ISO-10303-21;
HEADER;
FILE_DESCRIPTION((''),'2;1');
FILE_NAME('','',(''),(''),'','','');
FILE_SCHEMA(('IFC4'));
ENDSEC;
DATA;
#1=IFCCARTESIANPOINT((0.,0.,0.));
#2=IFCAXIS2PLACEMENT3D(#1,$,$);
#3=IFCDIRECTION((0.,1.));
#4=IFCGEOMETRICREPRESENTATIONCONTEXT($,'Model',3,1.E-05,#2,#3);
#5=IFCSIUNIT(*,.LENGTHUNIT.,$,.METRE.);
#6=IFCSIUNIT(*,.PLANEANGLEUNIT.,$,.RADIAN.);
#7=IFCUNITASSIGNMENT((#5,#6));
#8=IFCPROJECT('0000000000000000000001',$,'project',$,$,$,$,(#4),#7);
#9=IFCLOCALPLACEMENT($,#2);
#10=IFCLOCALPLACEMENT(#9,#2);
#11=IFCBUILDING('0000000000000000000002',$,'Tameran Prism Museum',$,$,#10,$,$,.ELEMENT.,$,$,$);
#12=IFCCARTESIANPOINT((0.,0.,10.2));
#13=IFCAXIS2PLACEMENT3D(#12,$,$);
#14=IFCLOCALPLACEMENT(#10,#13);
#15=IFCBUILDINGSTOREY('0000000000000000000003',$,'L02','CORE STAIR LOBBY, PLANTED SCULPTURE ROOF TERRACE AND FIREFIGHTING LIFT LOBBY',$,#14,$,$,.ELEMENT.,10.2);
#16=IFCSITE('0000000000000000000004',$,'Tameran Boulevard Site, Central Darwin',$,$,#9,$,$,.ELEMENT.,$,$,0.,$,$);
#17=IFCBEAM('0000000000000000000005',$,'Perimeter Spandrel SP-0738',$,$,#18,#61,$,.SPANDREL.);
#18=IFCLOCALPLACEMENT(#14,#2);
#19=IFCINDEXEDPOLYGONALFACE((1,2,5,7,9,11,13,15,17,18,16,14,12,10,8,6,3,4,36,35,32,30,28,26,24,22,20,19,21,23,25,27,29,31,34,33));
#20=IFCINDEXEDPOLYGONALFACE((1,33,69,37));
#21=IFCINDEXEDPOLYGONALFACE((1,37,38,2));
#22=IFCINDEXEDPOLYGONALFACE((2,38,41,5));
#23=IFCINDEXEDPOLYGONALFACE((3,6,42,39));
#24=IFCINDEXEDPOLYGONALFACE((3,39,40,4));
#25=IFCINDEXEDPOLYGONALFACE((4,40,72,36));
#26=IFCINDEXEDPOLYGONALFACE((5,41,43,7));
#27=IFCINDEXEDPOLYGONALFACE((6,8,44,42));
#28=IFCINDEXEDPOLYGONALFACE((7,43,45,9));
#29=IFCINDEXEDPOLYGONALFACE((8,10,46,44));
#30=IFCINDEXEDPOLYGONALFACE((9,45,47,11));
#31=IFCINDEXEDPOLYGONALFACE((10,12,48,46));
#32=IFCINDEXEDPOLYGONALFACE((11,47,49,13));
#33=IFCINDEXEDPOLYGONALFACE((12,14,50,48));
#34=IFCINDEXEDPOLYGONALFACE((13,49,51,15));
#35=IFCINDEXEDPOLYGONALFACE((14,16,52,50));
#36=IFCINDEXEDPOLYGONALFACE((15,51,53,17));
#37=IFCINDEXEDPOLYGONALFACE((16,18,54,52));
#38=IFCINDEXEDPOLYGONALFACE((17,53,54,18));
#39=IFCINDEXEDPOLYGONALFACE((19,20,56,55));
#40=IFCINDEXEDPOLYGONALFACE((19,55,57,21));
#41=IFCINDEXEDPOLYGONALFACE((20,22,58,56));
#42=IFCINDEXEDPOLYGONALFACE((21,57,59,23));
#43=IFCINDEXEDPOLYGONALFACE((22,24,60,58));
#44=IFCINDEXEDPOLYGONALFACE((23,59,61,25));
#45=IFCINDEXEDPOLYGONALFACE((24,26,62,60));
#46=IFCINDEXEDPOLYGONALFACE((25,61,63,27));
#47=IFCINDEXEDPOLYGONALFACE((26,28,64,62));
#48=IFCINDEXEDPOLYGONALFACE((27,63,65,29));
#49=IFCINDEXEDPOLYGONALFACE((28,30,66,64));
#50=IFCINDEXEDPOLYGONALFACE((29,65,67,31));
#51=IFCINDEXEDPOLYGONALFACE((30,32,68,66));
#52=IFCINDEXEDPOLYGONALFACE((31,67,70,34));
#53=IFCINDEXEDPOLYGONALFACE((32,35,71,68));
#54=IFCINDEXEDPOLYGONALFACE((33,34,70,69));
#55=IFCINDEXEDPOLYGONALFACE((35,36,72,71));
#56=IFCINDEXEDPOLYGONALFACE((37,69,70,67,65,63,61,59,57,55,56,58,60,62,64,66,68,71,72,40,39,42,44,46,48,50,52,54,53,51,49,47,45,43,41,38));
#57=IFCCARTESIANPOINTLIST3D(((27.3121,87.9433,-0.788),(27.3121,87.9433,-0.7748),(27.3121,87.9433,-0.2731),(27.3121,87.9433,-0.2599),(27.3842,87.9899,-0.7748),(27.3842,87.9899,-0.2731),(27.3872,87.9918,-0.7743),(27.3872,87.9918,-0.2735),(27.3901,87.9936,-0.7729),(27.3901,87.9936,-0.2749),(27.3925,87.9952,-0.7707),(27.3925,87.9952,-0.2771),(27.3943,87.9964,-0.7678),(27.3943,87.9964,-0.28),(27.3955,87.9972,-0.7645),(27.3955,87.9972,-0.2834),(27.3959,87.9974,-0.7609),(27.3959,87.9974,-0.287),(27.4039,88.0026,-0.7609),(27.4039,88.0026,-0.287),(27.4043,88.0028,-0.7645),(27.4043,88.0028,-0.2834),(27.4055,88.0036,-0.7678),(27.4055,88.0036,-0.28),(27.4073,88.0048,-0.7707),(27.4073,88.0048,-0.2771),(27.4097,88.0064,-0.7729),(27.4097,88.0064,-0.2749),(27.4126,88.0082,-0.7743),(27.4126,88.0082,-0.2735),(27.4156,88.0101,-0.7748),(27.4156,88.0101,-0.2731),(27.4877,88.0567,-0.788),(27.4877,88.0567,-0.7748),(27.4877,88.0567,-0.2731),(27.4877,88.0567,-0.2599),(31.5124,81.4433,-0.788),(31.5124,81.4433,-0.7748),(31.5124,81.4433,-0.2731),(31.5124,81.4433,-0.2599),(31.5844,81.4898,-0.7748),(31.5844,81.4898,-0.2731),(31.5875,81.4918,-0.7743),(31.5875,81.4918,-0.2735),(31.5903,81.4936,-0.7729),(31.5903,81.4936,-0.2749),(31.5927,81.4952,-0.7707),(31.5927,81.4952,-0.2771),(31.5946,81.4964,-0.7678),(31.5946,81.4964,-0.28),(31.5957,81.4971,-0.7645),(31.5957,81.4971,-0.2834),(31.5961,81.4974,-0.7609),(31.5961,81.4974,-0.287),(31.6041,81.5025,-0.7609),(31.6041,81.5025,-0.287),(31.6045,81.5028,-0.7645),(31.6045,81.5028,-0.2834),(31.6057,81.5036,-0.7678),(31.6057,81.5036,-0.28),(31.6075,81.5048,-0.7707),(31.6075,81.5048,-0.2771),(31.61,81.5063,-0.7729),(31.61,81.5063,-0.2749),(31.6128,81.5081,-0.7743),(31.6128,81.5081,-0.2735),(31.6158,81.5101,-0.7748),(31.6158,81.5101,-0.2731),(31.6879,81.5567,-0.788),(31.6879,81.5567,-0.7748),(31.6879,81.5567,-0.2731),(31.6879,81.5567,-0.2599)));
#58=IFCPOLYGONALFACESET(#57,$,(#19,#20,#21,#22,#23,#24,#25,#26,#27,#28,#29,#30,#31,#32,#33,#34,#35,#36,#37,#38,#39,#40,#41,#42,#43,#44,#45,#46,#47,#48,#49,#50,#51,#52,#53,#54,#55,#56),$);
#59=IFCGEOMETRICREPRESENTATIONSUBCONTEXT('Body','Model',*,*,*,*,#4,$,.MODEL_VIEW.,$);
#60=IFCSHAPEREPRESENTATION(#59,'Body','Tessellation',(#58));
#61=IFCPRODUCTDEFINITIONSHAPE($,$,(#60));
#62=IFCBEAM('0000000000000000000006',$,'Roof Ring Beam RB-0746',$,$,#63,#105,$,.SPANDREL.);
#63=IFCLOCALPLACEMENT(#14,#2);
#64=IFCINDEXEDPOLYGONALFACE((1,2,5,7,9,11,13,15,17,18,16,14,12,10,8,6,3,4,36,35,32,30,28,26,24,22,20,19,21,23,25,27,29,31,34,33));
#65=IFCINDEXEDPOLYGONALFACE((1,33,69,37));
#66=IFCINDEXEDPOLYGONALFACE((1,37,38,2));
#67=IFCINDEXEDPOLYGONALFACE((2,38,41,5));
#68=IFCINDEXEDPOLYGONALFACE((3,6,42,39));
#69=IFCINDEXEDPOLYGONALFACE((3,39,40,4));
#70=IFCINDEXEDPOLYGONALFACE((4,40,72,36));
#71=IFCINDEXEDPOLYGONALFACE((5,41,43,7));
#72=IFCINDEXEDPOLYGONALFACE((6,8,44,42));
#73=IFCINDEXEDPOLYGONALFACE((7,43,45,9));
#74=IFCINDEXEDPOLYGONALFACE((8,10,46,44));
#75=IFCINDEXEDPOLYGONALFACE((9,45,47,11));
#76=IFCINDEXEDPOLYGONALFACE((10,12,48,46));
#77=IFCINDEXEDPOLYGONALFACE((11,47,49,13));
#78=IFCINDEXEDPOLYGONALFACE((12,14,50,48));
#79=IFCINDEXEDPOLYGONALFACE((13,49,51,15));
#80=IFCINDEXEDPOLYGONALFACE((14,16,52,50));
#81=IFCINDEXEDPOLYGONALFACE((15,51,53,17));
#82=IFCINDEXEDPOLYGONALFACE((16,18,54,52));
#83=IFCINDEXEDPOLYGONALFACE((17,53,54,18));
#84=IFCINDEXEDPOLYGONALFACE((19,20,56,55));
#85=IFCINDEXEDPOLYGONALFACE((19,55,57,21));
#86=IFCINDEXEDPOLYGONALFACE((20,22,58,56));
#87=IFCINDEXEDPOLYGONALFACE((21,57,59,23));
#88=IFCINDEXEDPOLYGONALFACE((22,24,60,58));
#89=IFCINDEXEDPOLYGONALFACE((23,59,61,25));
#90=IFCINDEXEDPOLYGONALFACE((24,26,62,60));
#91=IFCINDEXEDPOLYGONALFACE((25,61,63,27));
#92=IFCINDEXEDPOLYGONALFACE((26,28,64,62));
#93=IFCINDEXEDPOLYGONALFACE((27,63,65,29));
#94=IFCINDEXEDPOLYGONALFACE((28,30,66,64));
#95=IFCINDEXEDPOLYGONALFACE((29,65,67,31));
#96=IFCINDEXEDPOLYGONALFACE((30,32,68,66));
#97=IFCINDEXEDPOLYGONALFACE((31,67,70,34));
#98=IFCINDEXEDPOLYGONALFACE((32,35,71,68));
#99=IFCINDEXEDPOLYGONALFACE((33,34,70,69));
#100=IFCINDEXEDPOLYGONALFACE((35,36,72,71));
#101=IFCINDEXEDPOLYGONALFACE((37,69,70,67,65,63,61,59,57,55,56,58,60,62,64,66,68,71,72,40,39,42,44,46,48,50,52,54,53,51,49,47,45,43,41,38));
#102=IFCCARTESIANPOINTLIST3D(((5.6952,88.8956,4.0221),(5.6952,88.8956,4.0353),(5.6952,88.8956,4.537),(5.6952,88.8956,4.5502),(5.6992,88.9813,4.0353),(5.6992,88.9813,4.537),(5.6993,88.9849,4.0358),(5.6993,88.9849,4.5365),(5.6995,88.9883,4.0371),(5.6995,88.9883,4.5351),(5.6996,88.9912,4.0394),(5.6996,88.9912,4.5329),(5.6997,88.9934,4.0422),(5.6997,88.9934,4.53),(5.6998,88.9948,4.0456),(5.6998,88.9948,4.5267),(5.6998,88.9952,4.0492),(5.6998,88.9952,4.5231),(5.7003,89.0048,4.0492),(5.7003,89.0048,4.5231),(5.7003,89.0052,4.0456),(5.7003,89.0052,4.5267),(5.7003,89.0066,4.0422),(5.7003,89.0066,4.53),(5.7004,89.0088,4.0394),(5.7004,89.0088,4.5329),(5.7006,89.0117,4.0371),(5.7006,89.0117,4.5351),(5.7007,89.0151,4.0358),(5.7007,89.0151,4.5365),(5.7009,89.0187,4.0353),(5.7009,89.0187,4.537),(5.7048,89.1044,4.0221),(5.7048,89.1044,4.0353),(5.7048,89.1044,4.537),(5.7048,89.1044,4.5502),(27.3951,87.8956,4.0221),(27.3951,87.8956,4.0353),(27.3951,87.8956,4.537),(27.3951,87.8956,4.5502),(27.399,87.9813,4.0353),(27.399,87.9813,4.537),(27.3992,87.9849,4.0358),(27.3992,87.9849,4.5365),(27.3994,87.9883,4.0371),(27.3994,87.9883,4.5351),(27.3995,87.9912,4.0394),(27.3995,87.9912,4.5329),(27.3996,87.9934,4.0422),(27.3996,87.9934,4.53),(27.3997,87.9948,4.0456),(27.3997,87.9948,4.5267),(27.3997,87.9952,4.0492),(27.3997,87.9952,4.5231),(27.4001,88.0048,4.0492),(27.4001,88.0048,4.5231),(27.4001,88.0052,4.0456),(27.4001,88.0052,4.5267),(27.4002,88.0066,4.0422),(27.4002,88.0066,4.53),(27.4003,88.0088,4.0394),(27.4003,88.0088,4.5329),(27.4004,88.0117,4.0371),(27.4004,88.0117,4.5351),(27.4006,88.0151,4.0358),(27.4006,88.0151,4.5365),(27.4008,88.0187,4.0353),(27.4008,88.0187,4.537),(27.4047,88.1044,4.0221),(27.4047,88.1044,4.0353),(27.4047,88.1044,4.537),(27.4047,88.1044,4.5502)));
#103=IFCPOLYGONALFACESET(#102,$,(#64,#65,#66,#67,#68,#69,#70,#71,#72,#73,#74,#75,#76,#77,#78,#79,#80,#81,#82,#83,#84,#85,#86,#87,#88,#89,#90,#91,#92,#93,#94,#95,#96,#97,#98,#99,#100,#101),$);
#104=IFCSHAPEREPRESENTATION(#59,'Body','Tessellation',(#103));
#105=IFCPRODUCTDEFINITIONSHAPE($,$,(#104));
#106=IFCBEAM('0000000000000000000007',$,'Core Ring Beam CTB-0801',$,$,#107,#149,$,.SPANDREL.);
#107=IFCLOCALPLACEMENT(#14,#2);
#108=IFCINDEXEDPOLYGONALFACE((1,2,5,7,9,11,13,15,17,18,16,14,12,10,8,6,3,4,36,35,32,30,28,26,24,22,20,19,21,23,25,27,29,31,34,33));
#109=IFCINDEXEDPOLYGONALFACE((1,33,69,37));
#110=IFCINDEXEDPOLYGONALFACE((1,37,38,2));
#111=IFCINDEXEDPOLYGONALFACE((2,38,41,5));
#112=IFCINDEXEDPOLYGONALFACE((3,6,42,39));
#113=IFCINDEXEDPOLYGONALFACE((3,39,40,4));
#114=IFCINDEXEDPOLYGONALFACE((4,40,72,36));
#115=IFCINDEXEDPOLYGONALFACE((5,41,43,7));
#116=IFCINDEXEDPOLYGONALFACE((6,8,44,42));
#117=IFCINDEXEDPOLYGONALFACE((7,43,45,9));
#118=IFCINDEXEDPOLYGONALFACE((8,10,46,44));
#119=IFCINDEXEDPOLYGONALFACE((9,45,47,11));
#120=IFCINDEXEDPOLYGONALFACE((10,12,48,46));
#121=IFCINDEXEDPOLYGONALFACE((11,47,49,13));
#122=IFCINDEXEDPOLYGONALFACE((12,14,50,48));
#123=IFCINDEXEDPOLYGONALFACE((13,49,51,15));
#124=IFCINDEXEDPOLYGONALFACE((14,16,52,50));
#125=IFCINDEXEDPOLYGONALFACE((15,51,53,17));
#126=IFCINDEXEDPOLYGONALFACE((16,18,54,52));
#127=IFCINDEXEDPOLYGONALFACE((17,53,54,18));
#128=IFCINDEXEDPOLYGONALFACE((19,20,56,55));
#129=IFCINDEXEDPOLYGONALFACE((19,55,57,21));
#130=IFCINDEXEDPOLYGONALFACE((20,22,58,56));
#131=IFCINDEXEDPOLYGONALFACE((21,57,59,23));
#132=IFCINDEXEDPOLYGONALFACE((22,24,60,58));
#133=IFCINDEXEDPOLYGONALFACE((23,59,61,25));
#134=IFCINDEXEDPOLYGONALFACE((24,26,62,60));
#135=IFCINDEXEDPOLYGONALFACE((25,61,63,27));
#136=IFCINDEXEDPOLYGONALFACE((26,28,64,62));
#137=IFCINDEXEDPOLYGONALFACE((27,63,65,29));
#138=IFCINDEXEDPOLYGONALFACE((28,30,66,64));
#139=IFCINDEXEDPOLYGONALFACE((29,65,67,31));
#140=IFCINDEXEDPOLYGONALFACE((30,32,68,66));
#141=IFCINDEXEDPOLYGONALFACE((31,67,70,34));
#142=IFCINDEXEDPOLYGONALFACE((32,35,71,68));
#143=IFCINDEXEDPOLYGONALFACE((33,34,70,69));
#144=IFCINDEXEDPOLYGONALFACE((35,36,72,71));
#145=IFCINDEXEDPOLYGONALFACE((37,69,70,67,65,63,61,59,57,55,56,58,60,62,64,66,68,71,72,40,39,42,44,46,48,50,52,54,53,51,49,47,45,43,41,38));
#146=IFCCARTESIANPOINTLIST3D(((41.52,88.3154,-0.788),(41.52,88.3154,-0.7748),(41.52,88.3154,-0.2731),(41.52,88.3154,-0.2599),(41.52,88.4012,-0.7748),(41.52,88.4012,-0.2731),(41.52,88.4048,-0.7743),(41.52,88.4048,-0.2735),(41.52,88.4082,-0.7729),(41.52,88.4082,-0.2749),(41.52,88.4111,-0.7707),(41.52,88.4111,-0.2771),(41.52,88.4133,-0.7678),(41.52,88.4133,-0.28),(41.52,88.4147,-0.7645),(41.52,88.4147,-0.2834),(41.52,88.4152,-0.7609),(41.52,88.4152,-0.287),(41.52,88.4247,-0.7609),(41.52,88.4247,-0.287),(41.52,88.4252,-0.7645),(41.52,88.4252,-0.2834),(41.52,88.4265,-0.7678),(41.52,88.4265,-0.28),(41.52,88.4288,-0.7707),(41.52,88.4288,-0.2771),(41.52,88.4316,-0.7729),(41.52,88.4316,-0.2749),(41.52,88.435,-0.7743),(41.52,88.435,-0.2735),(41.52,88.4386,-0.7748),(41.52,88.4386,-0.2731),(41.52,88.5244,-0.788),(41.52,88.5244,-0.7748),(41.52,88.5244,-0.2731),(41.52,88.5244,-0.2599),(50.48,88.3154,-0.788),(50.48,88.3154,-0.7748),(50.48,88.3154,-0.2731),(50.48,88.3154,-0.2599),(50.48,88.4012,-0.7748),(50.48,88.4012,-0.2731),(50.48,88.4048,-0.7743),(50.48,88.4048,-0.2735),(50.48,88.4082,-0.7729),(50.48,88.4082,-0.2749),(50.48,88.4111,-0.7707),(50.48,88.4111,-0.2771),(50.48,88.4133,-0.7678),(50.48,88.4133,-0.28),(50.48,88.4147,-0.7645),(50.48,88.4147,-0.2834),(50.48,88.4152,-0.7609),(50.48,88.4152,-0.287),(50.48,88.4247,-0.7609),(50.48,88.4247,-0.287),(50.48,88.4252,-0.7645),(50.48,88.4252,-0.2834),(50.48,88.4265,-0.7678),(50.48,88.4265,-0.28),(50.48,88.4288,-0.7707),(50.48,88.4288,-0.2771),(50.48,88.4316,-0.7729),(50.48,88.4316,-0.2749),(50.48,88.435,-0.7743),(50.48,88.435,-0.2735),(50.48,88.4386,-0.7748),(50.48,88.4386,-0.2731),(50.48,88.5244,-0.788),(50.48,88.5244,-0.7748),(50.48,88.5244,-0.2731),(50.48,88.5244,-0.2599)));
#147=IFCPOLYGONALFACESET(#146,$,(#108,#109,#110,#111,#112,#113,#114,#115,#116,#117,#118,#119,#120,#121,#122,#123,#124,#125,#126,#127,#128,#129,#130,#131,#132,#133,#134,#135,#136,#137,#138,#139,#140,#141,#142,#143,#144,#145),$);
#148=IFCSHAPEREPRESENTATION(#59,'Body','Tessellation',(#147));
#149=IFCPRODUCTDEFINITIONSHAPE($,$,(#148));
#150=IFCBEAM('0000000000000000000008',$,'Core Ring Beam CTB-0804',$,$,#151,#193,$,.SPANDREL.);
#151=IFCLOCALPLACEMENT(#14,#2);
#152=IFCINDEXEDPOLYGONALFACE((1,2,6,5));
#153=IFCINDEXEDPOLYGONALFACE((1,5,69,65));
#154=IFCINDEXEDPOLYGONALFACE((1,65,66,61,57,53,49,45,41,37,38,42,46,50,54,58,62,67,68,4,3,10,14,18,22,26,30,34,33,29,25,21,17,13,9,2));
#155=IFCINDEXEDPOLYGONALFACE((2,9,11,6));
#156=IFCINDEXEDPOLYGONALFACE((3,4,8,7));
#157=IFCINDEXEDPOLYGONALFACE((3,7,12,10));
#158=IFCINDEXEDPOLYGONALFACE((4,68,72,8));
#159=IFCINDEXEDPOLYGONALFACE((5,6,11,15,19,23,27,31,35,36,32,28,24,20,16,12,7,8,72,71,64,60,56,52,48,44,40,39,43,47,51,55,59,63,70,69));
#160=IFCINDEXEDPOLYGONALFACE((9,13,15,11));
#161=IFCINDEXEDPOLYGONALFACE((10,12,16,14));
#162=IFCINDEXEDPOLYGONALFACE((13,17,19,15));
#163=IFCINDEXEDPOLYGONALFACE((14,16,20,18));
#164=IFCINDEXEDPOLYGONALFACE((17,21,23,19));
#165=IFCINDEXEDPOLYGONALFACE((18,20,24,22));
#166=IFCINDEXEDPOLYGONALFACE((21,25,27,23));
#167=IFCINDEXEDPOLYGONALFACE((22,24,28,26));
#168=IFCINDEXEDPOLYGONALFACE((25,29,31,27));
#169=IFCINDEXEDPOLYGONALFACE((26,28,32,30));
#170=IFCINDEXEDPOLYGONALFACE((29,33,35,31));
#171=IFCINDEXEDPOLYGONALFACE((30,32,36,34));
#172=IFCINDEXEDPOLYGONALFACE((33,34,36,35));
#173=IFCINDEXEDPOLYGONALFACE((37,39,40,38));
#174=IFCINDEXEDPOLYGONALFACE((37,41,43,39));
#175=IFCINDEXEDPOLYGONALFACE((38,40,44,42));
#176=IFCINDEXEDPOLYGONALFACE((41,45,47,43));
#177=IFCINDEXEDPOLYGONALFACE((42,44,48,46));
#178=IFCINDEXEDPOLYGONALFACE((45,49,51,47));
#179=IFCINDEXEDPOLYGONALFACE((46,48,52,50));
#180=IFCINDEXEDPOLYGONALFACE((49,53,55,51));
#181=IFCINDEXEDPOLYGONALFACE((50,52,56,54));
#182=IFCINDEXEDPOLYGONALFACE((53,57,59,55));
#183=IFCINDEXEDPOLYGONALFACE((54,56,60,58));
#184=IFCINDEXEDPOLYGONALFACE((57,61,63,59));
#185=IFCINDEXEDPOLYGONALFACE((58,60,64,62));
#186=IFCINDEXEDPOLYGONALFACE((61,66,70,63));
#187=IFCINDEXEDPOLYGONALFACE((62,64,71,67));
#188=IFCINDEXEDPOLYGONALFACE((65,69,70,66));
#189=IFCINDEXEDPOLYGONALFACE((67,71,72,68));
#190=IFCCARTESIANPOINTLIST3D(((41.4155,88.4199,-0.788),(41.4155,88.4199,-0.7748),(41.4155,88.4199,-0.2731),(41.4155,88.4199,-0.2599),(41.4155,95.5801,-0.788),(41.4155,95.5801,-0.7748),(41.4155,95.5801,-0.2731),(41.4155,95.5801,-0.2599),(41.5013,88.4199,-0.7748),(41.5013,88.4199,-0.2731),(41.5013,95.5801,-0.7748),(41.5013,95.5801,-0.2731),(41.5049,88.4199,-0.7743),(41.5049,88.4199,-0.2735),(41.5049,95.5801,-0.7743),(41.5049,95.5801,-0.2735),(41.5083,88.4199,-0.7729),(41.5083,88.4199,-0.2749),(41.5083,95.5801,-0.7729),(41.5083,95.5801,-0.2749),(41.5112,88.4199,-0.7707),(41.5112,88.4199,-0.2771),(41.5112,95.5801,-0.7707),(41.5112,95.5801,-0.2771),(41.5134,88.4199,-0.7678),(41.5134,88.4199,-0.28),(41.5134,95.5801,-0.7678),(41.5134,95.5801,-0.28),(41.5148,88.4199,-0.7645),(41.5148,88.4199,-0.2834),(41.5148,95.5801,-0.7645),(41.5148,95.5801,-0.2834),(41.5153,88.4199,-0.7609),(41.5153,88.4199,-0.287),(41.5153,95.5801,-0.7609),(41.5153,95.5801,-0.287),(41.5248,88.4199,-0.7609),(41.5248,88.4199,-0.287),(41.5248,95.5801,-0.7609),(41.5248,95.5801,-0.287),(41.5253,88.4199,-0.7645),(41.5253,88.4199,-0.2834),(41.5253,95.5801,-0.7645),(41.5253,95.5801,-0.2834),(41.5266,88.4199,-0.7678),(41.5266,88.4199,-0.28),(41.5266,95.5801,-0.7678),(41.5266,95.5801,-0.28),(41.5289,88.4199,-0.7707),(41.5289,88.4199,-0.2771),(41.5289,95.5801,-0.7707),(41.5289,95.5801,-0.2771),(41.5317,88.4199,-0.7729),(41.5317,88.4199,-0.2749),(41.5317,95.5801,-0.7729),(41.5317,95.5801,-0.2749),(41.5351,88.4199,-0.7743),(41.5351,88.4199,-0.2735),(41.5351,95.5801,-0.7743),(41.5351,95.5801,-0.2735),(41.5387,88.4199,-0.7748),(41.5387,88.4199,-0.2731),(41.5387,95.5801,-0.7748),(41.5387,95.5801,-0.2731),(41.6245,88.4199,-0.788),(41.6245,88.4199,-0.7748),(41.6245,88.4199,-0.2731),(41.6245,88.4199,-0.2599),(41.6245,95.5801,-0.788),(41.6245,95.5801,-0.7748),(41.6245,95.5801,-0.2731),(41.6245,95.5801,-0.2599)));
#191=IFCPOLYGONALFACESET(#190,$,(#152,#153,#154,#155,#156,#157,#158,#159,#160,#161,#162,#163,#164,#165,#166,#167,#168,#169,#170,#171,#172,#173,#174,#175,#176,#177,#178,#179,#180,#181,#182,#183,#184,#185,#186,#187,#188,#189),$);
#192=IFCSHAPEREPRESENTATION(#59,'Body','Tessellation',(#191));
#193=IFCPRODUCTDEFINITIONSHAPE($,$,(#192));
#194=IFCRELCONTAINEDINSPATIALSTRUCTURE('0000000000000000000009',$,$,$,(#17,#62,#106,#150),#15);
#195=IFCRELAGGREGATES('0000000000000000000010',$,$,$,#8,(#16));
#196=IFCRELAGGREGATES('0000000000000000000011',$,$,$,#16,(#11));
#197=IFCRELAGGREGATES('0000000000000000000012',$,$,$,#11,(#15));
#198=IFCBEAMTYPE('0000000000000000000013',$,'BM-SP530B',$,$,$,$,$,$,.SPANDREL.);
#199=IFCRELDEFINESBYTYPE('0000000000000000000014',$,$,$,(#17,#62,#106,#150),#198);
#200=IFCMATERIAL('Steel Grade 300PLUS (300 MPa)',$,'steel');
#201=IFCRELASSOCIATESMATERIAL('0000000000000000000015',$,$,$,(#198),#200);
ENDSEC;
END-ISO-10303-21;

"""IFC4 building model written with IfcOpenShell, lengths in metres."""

from ifc_helpers import new_model, si_unit, direction, frame, origin, origin_2d, place, context, subcontext, project, spatial, i_section, extrude, material, material_profile, profile_set, type_object, element, save


model = new_model("IFC4")

# Units and contexts
model_context = context("Model", 3, precision=1e-05, world=origin(), true_north=direction((0.0, 1.0)))
body_context = subcontext(model_context, "Body", "Model", "MODEL_VIEW")
ifc_project = project(units=[si_unit("LENGTHUNIT", "METRE"), si_unit("PLANEANGLEUNIT", "RADIAN")], contexts=[model_context])

# Site, building, storey
site_placement = place(None, origin())
site = spatial("IfcSite", under=ifc_project, at=site_placement, Name="Tameran Boulevard Site, Central Darwin", CompositionType="ELEMENT", RefElevation=0.0)
building_placement = place(site_placement, origin())
building = spatial("IfcBuilding", under=site, at=building_placement, Name="Tameran Prism Museum", CompositionType="ELEMENT")
storey_placement = place(building_placement, frame((0.0, 0.0, 10.2)))
storey = spatial("IfcBuildingStorey", under=building, at=storey_placement, Name="L02", Description="CORE STAIR LOBBY, PLANTED SCULPTURE ROOF TERRACE AND FIREFIGHTING LIFT LOBBY", CompositionType="ELEMENT", Elevation=10.2)

# Beams
ifc_material_1 = material(Name="Steel Grade 300PLUS (300 MPa)", Category="steel")
ifc_material_profile_1 = material_profile(ifc_material_1, i_section(OverallWidth=0.209, OverallDepth=0.5281, WebThickness=0.0095, FlangeThickness=0.0132, FilletRadius=0.0139, at=origin_2d()))
ifc_profile_set_1 = profile_set([ifc_material_profile_1])
beam_type_1 = type_object("IfcBeamType", Name="BM-SP530B", PredefinedType="SPANDREL", material=ifc_profile_set_1)
beam_1_placement = place(storey_placement, frame((27.3999, 88.0, -0.5239), z_axis=(0.542733, -0.839905, 0.0), x_axis=(0.839905, 0.542733, 0.0)))
element("IfcBeam", 1, at=beam_1_placement, inside=storey, type_object=beam_type_1, Name="Perimeter Spandrel SP-0738", PredefinedType="SPANDREL", context=body_context, shape_type="SweptSolid", body=[
    extrude(i_section(OverallWidth=0.209, OverallDepth=0.5281, WebThickness=0.0095, FlangeThickness=0.0132, FilletRadius=0.0139, at=origin_2d()), origin(), (0.0, 0.0, 1.0), 7.739),
])
beam_2_placement = place(storey_placement, frame((27.3999, 88.0, 4.2861), z_axis=(-0.99894, 0.046034, 0.0), x_axis=(-0.046034, -0.99894, 0.0)))
element("IfcBeam", 2, at=beam_2_placement, inside=storey, type_object=beam_type_1, Name="Roof Ring Beam RB-0746", PredefinedType="SPANDREL", context=body_context, shape_type="SweptSolid", body=[
    extrude(i_section(OverallWidth=0.209, OverallDepth=0.5281, WebThickness=0.0095, FlangeThickness=0.0132, FilletRadius=0.0139, at=origin_2d()), origin(), (0.0, 0.0, 1.0), 21.7229),
])
beam_3_placement = place(storey_placement, frame((41.52, 88.4199, -0.5239), z_axis=(1.0, 0.0, 0.0), x_axis=(0.0, 1.0, 0.0)))
element("IfcBeam", 3, at=beam_3_placement, inside=storey, type_object=beam_type_1, Name="Core Ring Beam CTB-0801", PredefinedType="SPANDREL", context=body_context, shape_type="SweptSolid", body=[
    extrude(i_section(OverallWidth=0.209, OverallDepth=0.5281, WebThickness=0.0095, FlangeThickness=0.0132, FilletRadius=0.0139, at=origin_2d()), origin(), (0.0, 0.0, 1.0), 8.96),
])
beam_4_placement = place(storey_placement, frame((41.52, 95.5801, -0.5239), z_axis=(0.0, -1.0, 0.0), x_axis=(1.0, 0.0, 0.0)))
element("IfcBeam", 4, at=beam_4_placement, inside=storey, type_object=beam_type_1, Name="Core Ring Beam CTB-0804", PredefinedType="SPANDREL", context=body_context, shape_type="SweptSolid", body=[
    extrude(i_section(OverallWidth=0.209, OverallDepth=0.5281, WebThickness=0.0095, FlangeThickness=0.0132, FilletRadius=0.0139, at=origin_2d()), origin(), (0.0, 0.0, 1.0), 7.1602),
])

save(model, "model.ifc")
